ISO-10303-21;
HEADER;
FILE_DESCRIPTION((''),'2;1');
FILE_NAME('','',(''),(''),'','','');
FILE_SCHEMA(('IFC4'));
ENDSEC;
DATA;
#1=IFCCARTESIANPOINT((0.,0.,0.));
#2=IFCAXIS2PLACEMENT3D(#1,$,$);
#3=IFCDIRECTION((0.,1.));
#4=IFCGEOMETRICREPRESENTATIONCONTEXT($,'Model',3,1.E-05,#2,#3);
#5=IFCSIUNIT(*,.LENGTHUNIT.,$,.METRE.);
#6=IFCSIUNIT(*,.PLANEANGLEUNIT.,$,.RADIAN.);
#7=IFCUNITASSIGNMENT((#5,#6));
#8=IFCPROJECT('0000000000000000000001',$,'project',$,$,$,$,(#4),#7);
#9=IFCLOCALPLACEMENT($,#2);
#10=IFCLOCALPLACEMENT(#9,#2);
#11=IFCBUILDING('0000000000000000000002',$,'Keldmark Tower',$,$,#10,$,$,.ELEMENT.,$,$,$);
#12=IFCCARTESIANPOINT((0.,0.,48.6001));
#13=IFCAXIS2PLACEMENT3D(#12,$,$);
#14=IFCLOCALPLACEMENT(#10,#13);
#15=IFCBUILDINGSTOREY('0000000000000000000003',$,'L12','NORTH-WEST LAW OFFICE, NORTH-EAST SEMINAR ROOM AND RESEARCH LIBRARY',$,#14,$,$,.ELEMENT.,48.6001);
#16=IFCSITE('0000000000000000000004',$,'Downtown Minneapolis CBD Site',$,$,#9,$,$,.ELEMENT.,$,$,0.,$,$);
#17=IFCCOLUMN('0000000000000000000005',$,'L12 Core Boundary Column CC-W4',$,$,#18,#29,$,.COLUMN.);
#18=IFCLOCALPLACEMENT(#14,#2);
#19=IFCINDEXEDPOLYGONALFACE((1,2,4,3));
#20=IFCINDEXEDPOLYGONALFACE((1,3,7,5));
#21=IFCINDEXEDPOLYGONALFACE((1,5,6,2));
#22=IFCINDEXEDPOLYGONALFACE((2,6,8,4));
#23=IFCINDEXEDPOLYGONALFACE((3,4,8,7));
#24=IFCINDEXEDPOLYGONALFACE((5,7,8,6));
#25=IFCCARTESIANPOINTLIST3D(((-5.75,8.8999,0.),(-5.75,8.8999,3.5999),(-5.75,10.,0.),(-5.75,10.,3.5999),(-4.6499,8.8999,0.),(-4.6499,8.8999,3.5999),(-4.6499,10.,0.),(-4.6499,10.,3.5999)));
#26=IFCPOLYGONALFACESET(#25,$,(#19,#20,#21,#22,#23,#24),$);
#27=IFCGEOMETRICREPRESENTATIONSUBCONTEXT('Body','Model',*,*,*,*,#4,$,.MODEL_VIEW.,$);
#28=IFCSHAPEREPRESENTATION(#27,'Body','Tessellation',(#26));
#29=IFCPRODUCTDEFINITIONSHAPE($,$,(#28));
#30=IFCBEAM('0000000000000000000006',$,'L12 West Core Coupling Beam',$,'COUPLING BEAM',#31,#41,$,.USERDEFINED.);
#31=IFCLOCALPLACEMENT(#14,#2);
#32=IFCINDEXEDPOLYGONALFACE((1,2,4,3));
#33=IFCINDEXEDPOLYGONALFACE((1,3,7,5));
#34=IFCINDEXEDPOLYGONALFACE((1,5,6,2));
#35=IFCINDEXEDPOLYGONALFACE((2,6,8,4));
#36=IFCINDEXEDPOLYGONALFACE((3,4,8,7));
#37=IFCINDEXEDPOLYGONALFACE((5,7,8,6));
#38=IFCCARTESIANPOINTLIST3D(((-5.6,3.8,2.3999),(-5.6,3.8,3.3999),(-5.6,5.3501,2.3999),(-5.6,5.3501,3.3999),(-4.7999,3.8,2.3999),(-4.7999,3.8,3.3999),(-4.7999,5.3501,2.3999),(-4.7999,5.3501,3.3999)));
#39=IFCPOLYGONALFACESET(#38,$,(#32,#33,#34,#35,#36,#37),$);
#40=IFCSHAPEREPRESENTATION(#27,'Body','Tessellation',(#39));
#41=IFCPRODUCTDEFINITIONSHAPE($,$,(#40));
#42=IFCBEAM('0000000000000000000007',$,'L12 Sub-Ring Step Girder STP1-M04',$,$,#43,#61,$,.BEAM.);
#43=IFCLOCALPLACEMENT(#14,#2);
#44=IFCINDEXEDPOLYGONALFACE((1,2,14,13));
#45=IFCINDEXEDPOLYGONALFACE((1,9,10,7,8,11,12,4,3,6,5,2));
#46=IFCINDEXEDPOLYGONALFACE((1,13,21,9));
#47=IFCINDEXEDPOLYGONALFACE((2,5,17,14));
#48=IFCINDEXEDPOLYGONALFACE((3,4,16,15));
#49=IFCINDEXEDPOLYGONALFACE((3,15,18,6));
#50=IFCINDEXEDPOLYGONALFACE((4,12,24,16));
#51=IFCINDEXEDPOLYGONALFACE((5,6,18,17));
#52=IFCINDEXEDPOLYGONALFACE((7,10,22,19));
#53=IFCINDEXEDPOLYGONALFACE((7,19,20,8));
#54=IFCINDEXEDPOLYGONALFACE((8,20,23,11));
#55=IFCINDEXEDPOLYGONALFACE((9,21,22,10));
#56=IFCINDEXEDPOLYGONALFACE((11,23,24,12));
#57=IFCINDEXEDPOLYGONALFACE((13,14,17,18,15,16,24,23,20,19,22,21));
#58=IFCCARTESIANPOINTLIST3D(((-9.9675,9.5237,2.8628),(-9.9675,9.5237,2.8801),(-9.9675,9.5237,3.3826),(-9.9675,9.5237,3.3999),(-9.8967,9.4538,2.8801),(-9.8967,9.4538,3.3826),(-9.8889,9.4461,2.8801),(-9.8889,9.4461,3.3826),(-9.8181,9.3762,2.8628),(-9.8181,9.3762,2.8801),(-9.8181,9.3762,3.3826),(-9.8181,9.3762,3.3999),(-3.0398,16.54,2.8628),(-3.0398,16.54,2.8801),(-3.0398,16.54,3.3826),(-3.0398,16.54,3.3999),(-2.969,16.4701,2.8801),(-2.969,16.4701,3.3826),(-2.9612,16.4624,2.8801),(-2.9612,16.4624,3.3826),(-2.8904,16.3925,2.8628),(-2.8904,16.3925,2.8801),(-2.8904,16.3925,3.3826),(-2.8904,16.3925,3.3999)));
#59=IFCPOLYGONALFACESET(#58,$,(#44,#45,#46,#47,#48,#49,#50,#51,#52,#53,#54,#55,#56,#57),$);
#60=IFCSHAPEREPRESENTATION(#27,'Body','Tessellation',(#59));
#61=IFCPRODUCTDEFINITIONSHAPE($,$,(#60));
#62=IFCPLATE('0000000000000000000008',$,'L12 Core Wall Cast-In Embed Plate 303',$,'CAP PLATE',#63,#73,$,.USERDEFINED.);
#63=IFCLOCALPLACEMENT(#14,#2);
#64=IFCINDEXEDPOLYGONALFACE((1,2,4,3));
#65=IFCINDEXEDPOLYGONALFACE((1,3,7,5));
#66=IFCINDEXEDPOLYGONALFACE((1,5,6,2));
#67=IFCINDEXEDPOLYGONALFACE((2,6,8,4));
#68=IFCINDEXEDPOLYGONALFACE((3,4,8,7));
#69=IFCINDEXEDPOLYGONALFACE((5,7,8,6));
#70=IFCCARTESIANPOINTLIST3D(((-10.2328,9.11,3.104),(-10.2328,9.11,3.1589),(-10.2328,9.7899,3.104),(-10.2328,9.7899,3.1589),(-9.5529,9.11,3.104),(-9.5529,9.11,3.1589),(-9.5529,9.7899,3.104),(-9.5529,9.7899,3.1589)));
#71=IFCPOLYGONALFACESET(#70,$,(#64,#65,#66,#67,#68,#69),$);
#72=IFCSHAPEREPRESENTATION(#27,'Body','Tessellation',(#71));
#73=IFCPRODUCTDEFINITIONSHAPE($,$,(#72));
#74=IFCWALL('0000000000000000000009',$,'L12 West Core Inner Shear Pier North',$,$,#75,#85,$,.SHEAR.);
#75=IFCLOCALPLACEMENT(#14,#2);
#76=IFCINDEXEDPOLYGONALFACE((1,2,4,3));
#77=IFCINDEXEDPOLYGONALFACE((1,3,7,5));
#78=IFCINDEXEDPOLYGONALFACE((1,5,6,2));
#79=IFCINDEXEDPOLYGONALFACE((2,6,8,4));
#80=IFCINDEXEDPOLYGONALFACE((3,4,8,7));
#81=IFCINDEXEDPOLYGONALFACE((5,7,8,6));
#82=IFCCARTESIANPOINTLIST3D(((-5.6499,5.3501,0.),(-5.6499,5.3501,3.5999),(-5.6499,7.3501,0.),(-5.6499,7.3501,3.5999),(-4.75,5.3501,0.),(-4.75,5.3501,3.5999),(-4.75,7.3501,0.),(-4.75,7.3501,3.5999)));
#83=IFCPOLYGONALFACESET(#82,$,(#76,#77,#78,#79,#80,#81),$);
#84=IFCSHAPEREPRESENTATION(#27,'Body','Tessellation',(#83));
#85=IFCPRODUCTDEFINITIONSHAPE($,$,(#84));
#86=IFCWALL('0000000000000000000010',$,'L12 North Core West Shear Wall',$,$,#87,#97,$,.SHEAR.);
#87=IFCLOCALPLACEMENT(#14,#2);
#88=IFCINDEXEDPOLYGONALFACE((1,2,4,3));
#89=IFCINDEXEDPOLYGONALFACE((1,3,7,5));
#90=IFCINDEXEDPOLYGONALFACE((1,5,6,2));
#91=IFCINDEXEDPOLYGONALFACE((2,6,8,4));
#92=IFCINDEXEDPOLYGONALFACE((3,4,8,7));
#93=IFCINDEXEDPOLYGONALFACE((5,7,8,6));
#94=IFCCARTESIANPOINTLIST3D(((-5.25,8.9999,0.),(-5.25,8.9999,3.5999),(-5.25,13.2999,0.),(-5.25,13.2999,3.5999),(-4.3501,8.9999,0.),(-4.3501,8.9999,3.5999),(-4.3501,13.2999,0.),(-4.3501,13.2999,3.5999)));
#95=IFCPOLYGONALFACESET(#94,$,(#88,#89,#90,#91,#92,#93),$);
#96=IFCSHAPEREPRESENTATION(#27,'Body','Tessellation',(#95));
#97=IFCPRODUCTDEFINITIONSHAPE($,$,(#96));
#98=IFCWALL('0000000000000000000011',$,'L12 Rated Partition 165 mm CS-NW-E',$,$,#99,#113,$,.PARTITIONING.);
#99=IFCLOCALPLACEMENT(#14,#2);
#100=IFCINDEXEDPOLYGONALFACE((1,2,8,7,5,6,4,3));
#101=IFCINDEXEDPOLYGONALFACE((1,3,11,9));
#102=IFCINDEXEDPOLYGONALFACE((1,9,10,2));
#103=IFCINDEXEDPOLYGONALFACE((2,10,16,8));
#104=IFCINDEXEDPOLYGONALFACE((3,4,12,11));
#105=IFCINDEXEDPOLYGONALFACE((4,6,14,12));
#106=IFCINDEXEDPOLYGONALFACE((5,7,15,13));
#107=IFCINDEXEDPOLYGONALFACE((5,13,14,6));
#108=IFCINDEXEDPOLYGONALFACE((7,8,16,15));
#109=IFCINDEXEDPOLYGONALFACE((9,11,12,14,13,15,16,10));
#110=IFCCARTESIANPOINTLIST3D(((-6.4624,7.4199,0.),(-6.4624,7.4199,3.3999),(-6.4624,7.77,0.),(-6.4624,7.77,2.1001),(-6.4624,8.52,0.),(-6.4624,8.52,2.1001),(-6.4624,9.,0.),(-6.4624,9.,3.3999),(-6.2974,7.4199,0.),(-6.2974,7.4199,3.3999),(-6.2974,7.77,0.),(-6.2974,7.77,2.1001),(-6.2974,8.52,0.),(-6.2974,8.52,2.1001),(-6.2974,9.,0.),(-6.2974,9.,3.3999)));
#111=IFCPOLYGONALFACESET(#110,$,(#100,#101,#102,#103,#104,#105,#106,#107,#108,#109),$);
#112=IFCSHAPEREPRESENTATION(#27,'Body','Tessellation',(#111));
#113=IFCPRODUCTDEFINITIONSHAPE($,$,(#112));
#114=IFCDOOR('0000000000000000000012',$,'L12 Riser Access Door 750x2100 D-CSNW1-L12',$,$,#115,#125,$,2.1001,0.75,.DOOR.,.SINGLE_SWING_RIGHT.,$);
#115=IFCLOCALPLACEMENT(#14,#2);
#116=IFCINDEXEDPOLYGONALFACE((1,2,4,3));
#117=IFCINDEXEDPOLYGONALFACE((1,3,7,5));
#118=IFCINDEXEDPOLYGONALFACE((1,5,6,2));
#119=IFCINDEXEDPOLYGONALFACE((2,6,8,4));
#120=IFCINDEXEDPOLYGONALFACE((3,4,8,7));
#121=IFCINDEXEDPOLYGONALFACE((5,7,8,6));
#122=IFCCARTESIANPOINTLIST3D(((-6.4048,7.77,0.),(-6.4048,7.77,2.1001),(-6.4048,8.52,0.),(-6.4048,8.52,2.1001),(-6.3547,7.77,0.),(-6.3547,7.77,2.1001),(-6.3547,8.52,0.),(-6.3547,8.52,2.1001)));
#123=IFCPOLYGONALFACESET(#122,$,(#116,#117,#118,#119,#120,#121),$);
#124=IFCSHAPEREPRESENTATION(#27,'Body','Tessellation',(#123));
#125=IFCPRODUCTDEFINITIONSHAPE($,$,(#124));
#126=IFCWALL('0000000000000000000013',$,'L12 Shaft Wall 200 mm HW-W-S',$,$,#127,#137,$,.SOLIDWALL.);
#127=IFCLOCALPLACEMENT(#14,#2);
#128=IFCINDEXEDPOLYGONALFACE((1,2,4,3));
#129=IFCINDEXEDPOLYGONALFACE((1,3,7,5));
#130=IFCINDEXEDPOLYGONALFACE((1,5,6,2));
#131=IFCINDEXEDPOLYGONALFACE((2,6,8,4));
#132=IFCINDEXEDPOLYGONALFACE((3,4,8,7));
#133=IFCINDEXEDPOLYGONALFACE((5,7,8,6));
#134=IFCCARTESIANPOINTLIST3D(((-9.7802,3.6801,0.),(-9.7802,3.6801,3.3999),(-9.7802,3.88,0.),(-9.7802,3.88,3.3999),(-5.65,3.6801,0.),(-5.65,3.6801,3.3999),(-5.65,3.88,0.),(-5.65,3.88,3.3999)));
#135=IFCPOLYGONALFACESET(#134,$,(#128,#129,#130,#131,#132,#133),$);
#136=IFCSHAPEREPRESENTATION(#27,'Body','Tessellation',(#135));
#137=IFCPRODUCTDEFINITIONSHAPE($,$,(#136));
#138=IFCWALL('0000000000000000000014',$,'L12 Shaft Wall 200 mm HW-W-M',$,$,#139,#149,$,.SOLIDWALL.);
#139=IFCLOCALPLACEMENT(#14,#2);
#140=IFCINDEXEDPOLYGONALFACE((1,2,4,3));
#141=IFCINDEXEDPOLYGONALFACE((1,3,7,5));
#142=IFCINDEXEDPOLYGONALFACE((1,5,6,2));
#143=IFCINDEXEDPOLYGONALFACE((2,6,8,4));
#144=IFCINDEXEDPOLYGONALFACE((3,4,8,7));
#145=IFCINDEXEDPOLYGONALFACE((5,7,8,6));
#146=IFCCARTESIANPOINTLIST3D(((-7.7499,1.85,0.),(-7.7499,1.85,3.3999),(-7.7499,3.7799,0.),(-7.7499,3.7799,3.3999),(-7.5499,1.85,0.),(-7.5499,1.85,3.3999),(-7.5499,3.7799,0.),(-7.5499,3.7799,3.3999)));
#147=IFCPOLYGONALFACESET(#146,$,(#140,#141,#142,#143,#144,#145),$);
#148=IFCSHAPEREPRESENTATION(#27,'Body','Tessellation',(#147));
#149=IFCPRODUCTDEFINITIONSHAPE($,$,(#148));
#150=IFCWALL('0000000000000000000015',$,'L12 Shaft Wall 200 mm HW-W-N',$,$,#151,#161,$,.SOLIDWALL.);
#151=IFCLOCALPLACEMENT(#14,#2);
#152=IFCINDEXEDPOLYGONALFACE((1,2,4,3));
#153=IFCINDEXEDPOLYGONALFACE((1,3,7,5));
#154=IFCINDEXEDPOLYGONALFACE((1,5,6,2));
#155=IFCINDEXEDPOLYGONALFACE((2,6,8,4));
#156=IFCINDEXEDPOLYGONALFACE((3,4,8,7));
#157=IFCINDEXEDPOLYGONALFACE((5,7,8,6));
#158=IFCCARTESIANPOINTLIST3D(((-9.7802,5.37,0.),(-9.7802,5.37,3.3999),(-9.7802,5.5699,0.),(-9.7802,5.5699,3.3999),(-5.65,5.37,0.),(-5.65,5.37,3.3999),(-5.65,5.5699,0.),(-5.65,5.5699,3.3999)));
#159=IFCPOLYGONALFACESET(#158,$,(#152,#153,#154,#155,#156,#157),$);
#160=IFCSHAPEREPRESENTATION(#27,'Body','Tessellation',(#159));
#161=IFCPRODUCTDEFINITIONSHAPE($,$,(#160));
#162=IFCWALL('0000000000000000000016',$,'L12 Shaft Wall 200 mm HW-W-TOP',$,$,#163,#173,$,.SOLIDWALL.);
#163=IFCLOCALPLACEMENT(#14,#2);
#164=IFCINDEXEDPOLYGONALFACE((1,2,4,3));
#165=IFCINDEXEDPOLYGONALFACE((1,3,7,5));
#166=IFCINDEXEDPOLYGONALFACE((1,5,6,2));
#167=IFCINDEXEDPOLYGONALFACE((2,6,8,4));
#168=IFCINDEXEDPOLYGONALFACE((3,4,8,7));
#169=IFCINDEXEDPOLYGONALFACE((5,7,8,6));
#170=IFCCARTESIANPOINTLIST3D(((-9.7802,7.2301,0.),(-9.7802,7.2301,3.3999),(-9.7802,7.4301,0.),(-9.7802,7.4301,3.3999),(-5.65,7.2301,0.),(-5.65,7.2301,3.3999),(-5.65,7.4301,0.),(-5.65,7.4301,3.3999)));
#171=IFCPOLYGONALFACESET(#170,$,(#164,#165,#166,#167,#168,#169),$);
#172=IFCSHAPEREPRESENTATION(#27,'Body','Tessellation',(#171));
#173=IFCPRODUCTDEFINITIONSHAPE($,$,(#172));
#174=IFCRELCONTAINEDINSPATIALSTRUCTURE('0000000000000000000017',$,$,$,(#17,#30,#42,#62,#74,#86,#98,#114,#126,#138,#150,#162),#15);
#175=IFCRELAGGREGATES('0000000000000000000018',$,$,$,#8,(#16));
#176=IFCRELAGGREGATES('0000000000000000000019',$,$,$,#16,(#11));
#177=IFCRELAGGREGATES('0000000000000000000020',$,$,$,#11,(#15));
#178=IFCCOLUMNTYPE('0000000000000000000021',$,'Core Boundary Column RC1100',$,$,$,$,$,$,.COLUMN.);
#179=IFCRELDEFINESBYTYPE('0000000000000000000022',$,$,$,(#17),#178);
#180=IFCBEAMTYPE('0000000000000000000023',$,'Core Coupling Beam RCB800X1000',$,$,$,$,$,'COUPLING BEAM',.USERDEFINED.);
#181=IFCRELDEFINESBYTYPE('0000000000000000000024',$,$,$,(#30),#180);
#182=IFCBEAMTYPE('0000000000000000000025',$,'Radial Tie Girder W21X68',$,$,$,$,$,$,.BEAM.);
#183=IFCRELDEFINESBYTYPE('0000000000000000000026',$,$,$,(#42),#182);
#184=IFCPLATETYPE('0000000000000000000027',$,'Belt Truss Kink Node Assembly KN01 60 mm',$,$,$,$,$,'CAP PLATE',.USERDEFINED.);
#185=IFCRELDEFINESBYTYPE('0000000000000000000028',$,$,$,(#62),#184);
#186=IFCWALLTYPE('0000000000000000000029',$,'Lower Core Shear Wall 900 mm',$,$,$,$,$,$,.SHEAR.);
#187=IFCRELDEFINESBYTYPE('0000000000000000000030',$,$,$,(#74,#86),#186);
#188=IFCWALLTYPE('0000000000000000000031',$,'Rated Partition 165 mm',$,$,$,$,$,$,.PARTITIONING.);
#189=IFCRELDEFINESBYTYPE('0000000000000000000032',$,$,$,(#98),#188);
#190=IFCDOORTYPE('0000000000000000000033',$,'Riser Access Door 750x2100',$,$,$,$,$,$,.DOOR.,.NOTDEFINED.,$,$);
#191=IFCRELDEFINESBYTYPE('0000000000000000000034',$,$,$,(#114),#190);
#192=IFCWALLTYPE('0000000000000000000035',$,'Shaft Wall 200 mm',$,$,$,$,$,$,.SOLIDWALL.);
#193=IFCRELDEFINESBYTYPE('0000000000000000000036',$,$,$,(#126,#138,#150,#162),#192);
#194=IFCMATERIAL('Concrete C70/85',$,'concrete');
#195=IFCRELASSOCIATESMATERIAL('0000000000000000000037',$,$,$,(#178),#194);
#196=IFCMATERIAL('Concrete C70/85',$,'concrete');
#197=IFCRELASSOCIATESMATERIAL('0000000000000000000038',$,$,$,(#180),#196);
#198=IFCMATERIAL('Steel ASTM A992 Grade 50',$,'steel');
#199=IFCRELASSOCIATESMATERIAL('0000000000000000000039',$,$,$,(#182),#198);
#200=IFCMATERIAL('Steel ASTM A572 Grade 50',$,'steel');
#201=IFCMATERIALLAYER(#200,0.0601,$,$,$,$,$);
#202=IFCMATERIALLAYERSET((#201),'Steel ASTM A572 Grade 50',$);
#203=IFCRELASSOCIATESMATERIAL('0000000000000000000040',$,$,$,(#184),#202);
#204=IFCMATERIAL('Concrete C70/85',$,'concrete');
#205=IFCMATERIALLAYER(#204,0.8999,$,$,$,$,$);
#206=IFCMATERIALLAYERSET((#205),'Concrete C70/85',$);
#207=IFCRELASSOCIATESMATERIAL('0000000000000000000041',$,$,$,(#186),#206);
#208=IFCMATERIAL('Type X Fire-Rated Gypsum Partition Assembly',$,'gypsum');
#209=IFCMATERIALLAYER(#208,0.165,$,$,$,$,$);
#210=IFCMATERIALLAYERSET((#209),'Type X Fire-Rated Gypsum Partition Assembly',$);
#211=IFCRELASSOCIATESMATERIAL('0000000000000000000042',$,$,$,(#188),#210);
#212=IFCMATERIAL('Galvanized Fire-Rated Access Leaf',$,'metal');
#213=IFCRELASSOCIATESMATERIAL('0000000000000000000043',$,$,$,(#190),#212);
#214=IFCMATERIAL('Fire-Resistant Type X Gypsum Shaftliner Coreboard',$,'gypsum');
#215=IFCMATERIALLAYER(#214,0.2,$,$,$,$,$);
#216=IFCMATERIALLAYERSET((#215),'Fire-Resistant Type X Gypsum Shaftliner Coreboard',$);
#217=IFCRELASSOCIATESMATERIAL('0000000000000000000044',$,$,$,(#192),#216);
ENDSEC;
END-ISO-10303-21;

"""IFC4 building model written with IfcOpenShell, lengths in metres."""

from ifc_helpers import new_model, si_unit, direction, frame, frame_2d, origin, origin_2d, place, context, subcontext, project, spatial, rectangle, i_section, extrude, material, layer, layer_set, material_profile, profile_set, type_object, element, fill, save


model = new_model("IFC4")

# Units and contexts
model_context = context("Model", 3, precision=1e-05, world=origin(), true_north=direction((0.0, 1.0)))
body_context = subcontext(model_context, "Body", "Model", "MODEL_VIEW")
ifc_project = project(units=[si_unit("LENGTHUNIT", "METRE"), si_unit("PLANEANGLEUNIT", "RADIAN")], contexts=[model_context])

# Site, building, storey
site_placement = place(None, origin())
site = spatial("IfcSite", under=ifc_project, at=site_placement, Name="Downtown Minneapolis CBD Site", CompositionType="ELEMENT", RefElevation=0.0)
building_placement = place(site_placement, origin())
building = spatial("IfcBuilding", under=site, at=building_placement, Name="Keldmark Tower", CompositionType="ELEMENT")
storey_placement = place(building_placement, frame((0.0, 0.0, 48.6001)))
storey = spatial("IfcBuildingStorey", under=building, at=storey_placement, Name="L12", Description="NORTH-WEST LAW OFFICE, NORTH-EAST SEMINAR ROOM AND RESEARCH LIBRARY", CompositionType="ELEMENT", Elevation=48.6001)

# Column
ifc_material_1 = material(Name="Concrete C70/85", Category="concrete")
ifc_material_profile_1 = material_profile(ifc_material_1, rectangle(XDim=1.1001, YDim=1.1001, at=origin_2d()), Name="RC1100X1100")
ifc_profile_set_1 = profile_set([ifc_material_profile_1], Name="Concrete C70/85")
column_type = type_object("IfcColumnType", Name="Core Boundary Column RC1100", PredefinedType="COLUMN", material=ifc_profile_set_1)
column_placement = place(storey_placement, frame((-5.2, 9.45, 0.0), z_axis=(0.0, 0.0, 1.0), x_axis=(1.0, 0.0, 0.0)))
element("IfcColumn", 1, at=column_placement, inside=storey, type_object=column_type, Name="L12 Core Boundary Column CC-W4", PredefinedType="COLUMN", context=body_context, shape_type="SweptSolid", body=[
    extrude(rectangle(XDim=1.1001, YDim=1.1001, at=origin_2d()), origin(), (0.0, 0.0, 1.0), 3.5999),
])

# Beams
ifc_material_2 = material(Name="Concrete C70/85", Category="concrete")
ifc_material_profile_2 = material_profile(ifc_material_2, rectangle(XDim=0.8, YDim=1.0, at=origin_2d()), Name="RCB800X1000")
ifc_profile_set_2 = profile_set([ifc_material_profile_2], Name="Concrete C70/85")
beam_type_1 = type_object("IfcBeamType", Name="Core Coupling Beam RCB800X1000", ElementType="COUPLING BEAM", PredefinedType="USERDEFINED", material=ifc_profile_set_2)
beam_1_placement = place(storey_placement, frame((-5.2, 3.8, 2.8999), z_axis=(0.0, 1.0, 0.0), x_axis=(-1.0, 0.0, 0.0)))
element("IfcBeam", 2, at=beam_1_placement, inside=storey, type_object=beam_type_1, Name="L12 West Core Coupling Beam", ObjectType="COUPLING BEAM", PredefinedType="USERDEFINED", context=body_context, shape_type="SweptSolid", body=[
    extrude(rectangle(XDim=0.8, YDim=1.0, at=origin_2d()), origin(), (0.0, 0.0, 1.0), 1.55),
])
ifc_material_3 = material(Name="Steel ASTM A992 Grade 50", Category="steel")
ifc_material_profile_3 = material_profile(ifc_material_3, i_section(OverallWidth=0.21, OverallDepth=0.5371, WebThickness=0.011, FlangeThickness=0.0173, at=origin_2d()), Name="W21X68")
ifc_profile_set_3 = profile_set([ifc_material_profile_3], Name="Steel ASTM A992 Grade 50")
beam_type_2 = type_object("IfcBeamType", Name="Radial Tie Girder W21X68", PredefinedType="BEAM", material=ifc_profile_set_3)
beam_2_placement = place(storey_placement, frame((-9.8928, 9.45, 3.1313), z_axis=(0.702599, 0.711586, 0.0), x_axis=(-0.711586, 0.702599, 0.0)))
element("IfcBeam", 3, at=beam_2_placement, inside=storey, type_object=beam_type_2, Name="L12 Sub-Ring Step Girder STP1-M04", PredefinedType="BEAM", context=body_context, shape_type="SweptSolid", body=[
    extrude(i_section(OverallWidth=0.21, OverallDepth=0.5371, WebThickness=0.011, FlangeThickness=0.0173, at=origin_2d()), origin(), (0.0, 0.0, 1.0), 9.8601),
])

# Plate
ifc_material_4 = material(Name="Steel ASTM A572 Grade 50", Category="steel")
ifc_layer_1 = layer(ifc_material_4, 0.0601)
ifc_layer_set_1 = layer_set([ifc_layer_1], Name="Steel ASTM A572 Grade 50")
plate_type = type_object("IfcPlateType", Name="Belt Truss Kink Node Assembly KN01 60 mm", ElementType="CAP PLATE", PredefinedType="USERDEFINED", material=ifc_layer_set_1)
plate_placement = place(storey_placement, frame((-9.8928, 9.45, 3.104), z_axis=(0.0, 0.0, 1.0), x_axis=(1.0, 0.0, 0.0)))
element("IfcPlate", 4, at=plate_placement, inside=storey, type_object=plate_type, Name="L12 Core Wall Cast-In Embed Plate 303", ObjectType="CAP PLATE", PredefinedType="USERDEFINED", context=body_context, shape_type="SweptSolid", body=[
    extrude(rectangle(XDim=0.6799, YDim=0.6799, at=origin_2d()), origin(), (0.0, 0.0, 1.0), 0.0549),
])

# Walls
ifc_material_5 = material(Name="Concrete C70/85", Category="concrete")
ifc_layer_2 = layer(ifc_material_5, 0.8999)
ifc_layer_set_2 = layer_set([ifc_layer_2], Name="Concrete C70/85")
wall_type_1 = type_object("IfcWallType", Name="Lower Core Shear Wall 900 mm", PredefinedType="SHEAR", material=ifc_layer_set_2)
wall_1_placement = place(storey_placement, frame((-5.2, 5.3501, 0.0), z_axis=(0.0, 0.0, 1.0), x_axis=(0.0, 1.0, 0.0)))
element("IfcWall", 5, at=wall_1_placement, inside=storey, type_object=wall_type_1, Name="L12 West Core Inner Shear Pier North", PredefinedType="SHEAR", context=body_context, shape_type="SweptSolid", body=[
    extrude(rectangle(XDim=2.0, YDim=0.8999, at=frame_2d((1.0, 0.0))), origin(), (0.0, 0.0, 1.0), 3.5999),
])
wall_2_placement = place(storey_placement, frame((-4.8, 9.0, 0.0), z_axis=(0.0, 0.0, 1.0), x_axis=(0.0, 1.0, 0.0)))
element("IfcWall", 6, at=wall_2_placement, inside=storey, type_object=wall_type_1, Name="L12 North Core West Shear Wall", PredefinedType="SHEAR", context=body_context, shape_type="SweptSolid", body=[
    extrude(rectangle(XDim=4.3, YDim=0.8999, at=frame_2d((2.1499, 0.0))), origin(), (0.0, 0.0, 1.0), 3.5999),
])

# Wall, opening, door
ifc_material_6 = material(Name="Type X Fire-Rated Gypsum Partition Assembly", Category="gypsum")
ifc_layer_3 = layer(ifc_material_6, 0.165)
ifc_layer_set_3 = layer_set([ifc_layer_3], Name="Type X Fire-Rated Gypsum Partition Assembly")
wall_type_2 = type_object("IfcWallType", Name="Rated Partition 165 mm", PredefinedType="PARTITIONING", material=ifc_layer_set_3)
wall_3_placement = place(storey_placement, frame((-6.3799, 7.4199, 0.0), z_axis=(0.0, 0.0, 1.0), x_axis=(0.0, 1.0, 0.0)))
wall_3 = element("IfcWall", 7, at=wall_3_placement, inside=storey, type_object=wall_type_2, Name="L12 Rated Partition 165 mm CS-NW-E", PredefinedType="PARTITIONING", context=body_context, shape_type="SweptSolid", body=[
    extrude(rectangle(XDim=1.5801, YDim=0.165, at=frame_2d((0.79, 0.0))), origin(), (0.0, 0.0, 1.0), 3.3999),
])
opening_1_placement = place(wall_3_placement, frame((0.3501, 0.0, 0.0)))
opening_1 = element("IfcOpeningElement", 8, at=opening_1_placement, cuts=wall_3, PredefinedType="OPENING", context=body_context, shape_type="SweptSolid", body=[
    extrude(rectangle(XDim=0.75, YDim=2.1001, at=frame_2d((0.375, 1.05))), frame((0.0, 0.0925, 0.0), z_axis=(0.0, -1.0, 0.0), x_axis=(1.0, 0.0, 0.0)), (0.0, 0.0, 1.0), 0.1851),
])
ifc_material_7 = material(Name="Galvanized Fire-Rated Access Leaf", Category="metal")
door_type_1 = type_object("IfcDoorType", Name="Riser Access Door 750x2100", OperationType="NOTDEFINED", PredefinedType="DOOR", material=ifc_material_7)
door_1_placement = place(opening_1_placement, origin())
door_1 = element("IfcDoor", 9, at=door_1_placement, inside=storey, type_object=door_type_1, Name="L12 Riser Access Door 750x2100 D-CSNW1-L12", OperationType="SINGLE_SWING_RIGHT", OverallHeight=2.1001, OverallWidth=0.75, PredefinedType="DOOR", context=body_context, shape_type="SweptSolid", body=[
    extrude(rectangle(XDim=0.75, YDim=2.1001, at=frame_2d((0.375, 1.05))), frame((0.0, 0.0249, 0.0), z_axis=(0.0, -1.0, 0.0), x_axis=(1.0, 0.0, 0.0)), (0.0, 0.0, 1.0), 0.05),
])
fill(opening_1, door_1)

# Walls
ifc_material_8 = material(Name="Fire-Resistant Type X Gypsum Shaftliner Coreboard", Category="gypsum")
ifc_layer_4 = layer(ifc_material_8, 0.2)
ifc_layer_set_4 = layer_set([ifc_layer_4], Name="Fire-Resistant Type X Gypsum Shaftliner Coreboard")
wall_type_3 = type_object("IfcWallType", Name="Shaft Wall 200 mm", PredefinedType="SOLIDWALL", material=ifc_layer_set_4)
wall_4_placement = place(storey_placement, frame((-9.78, 3.78, 0.0), z_axis=(0.0, 0.0, 1.0), x_axis=(1.0, 0.0, 0.0)))
element("IfcWall", 10, at=wall_4_placement, inside=storey, type_object=wall_type_3, Name="L12 Shaft Wall 200 mm HW-W-S", PredefinedType="SOLIDWALL", context=body_context, shape_type="SweptSolid", body=[
    extrude(rectangle(XDim=4.1301, YDim=0.2, at=frame_2d((2.0649, 0.0))), origin(), (0.0, 0.0, 1.0), 3.3999),
])
wall_5_placement = place(storey_placement, frame((-7.6499, 1.8501, 0.0), z_axis=(0.0, 0.0, 1.0), x_axis=(0.0, 1.0, 0.0)))
element("IfcWall", 11, at=wall_5_placement, inside=storey, type_object=wall_type_3, Name="L12 Shaft Wall 200 mm HW-W-M", PredefinedType="SOLIDWALL", context=body_context, shape_type="SweptSolid", body=[
    extrude(rectangle(XDim=1.9299, YDim=0.2, at=frame_2d((0.9648, 0.0))), origin(), (0.0, 0.0, 1.0), 3.3999),
])
for number, where, z_axis, x_axis, name in (
    (12, (-9.78, 5.47, 0.0), (0.0, 0.0, 1.0), (1.0, 0.0, 0.0), "L12 Shaft Wall 200 mm HW-W-N"),
    (13, (-9.78, 7.3301, 0.0), (0.0, 0.0, 1.0), (1.0, 0.0, 0.0), "L12 Shaft Wall 200 mm HW-W-TOP"),
):
    element("IfcWall", number, at=place(storey_placement, frame(where, z_axis=z_axis, x_axis=x_axis)), inside=storey, type_object=wall_type_3, Name=name, PredefinedType="SOLIDWALL", context=body_context, shape_type="SweptSolid", body=[
        extrude(rectangle(XDim=4.1301, YDim=0.2, at=frame_2d((2.0649, 0.0))), origin(), (0.0, 0.0, 1.0), 3.3999),
    ])

save(model, "model.ifc")
